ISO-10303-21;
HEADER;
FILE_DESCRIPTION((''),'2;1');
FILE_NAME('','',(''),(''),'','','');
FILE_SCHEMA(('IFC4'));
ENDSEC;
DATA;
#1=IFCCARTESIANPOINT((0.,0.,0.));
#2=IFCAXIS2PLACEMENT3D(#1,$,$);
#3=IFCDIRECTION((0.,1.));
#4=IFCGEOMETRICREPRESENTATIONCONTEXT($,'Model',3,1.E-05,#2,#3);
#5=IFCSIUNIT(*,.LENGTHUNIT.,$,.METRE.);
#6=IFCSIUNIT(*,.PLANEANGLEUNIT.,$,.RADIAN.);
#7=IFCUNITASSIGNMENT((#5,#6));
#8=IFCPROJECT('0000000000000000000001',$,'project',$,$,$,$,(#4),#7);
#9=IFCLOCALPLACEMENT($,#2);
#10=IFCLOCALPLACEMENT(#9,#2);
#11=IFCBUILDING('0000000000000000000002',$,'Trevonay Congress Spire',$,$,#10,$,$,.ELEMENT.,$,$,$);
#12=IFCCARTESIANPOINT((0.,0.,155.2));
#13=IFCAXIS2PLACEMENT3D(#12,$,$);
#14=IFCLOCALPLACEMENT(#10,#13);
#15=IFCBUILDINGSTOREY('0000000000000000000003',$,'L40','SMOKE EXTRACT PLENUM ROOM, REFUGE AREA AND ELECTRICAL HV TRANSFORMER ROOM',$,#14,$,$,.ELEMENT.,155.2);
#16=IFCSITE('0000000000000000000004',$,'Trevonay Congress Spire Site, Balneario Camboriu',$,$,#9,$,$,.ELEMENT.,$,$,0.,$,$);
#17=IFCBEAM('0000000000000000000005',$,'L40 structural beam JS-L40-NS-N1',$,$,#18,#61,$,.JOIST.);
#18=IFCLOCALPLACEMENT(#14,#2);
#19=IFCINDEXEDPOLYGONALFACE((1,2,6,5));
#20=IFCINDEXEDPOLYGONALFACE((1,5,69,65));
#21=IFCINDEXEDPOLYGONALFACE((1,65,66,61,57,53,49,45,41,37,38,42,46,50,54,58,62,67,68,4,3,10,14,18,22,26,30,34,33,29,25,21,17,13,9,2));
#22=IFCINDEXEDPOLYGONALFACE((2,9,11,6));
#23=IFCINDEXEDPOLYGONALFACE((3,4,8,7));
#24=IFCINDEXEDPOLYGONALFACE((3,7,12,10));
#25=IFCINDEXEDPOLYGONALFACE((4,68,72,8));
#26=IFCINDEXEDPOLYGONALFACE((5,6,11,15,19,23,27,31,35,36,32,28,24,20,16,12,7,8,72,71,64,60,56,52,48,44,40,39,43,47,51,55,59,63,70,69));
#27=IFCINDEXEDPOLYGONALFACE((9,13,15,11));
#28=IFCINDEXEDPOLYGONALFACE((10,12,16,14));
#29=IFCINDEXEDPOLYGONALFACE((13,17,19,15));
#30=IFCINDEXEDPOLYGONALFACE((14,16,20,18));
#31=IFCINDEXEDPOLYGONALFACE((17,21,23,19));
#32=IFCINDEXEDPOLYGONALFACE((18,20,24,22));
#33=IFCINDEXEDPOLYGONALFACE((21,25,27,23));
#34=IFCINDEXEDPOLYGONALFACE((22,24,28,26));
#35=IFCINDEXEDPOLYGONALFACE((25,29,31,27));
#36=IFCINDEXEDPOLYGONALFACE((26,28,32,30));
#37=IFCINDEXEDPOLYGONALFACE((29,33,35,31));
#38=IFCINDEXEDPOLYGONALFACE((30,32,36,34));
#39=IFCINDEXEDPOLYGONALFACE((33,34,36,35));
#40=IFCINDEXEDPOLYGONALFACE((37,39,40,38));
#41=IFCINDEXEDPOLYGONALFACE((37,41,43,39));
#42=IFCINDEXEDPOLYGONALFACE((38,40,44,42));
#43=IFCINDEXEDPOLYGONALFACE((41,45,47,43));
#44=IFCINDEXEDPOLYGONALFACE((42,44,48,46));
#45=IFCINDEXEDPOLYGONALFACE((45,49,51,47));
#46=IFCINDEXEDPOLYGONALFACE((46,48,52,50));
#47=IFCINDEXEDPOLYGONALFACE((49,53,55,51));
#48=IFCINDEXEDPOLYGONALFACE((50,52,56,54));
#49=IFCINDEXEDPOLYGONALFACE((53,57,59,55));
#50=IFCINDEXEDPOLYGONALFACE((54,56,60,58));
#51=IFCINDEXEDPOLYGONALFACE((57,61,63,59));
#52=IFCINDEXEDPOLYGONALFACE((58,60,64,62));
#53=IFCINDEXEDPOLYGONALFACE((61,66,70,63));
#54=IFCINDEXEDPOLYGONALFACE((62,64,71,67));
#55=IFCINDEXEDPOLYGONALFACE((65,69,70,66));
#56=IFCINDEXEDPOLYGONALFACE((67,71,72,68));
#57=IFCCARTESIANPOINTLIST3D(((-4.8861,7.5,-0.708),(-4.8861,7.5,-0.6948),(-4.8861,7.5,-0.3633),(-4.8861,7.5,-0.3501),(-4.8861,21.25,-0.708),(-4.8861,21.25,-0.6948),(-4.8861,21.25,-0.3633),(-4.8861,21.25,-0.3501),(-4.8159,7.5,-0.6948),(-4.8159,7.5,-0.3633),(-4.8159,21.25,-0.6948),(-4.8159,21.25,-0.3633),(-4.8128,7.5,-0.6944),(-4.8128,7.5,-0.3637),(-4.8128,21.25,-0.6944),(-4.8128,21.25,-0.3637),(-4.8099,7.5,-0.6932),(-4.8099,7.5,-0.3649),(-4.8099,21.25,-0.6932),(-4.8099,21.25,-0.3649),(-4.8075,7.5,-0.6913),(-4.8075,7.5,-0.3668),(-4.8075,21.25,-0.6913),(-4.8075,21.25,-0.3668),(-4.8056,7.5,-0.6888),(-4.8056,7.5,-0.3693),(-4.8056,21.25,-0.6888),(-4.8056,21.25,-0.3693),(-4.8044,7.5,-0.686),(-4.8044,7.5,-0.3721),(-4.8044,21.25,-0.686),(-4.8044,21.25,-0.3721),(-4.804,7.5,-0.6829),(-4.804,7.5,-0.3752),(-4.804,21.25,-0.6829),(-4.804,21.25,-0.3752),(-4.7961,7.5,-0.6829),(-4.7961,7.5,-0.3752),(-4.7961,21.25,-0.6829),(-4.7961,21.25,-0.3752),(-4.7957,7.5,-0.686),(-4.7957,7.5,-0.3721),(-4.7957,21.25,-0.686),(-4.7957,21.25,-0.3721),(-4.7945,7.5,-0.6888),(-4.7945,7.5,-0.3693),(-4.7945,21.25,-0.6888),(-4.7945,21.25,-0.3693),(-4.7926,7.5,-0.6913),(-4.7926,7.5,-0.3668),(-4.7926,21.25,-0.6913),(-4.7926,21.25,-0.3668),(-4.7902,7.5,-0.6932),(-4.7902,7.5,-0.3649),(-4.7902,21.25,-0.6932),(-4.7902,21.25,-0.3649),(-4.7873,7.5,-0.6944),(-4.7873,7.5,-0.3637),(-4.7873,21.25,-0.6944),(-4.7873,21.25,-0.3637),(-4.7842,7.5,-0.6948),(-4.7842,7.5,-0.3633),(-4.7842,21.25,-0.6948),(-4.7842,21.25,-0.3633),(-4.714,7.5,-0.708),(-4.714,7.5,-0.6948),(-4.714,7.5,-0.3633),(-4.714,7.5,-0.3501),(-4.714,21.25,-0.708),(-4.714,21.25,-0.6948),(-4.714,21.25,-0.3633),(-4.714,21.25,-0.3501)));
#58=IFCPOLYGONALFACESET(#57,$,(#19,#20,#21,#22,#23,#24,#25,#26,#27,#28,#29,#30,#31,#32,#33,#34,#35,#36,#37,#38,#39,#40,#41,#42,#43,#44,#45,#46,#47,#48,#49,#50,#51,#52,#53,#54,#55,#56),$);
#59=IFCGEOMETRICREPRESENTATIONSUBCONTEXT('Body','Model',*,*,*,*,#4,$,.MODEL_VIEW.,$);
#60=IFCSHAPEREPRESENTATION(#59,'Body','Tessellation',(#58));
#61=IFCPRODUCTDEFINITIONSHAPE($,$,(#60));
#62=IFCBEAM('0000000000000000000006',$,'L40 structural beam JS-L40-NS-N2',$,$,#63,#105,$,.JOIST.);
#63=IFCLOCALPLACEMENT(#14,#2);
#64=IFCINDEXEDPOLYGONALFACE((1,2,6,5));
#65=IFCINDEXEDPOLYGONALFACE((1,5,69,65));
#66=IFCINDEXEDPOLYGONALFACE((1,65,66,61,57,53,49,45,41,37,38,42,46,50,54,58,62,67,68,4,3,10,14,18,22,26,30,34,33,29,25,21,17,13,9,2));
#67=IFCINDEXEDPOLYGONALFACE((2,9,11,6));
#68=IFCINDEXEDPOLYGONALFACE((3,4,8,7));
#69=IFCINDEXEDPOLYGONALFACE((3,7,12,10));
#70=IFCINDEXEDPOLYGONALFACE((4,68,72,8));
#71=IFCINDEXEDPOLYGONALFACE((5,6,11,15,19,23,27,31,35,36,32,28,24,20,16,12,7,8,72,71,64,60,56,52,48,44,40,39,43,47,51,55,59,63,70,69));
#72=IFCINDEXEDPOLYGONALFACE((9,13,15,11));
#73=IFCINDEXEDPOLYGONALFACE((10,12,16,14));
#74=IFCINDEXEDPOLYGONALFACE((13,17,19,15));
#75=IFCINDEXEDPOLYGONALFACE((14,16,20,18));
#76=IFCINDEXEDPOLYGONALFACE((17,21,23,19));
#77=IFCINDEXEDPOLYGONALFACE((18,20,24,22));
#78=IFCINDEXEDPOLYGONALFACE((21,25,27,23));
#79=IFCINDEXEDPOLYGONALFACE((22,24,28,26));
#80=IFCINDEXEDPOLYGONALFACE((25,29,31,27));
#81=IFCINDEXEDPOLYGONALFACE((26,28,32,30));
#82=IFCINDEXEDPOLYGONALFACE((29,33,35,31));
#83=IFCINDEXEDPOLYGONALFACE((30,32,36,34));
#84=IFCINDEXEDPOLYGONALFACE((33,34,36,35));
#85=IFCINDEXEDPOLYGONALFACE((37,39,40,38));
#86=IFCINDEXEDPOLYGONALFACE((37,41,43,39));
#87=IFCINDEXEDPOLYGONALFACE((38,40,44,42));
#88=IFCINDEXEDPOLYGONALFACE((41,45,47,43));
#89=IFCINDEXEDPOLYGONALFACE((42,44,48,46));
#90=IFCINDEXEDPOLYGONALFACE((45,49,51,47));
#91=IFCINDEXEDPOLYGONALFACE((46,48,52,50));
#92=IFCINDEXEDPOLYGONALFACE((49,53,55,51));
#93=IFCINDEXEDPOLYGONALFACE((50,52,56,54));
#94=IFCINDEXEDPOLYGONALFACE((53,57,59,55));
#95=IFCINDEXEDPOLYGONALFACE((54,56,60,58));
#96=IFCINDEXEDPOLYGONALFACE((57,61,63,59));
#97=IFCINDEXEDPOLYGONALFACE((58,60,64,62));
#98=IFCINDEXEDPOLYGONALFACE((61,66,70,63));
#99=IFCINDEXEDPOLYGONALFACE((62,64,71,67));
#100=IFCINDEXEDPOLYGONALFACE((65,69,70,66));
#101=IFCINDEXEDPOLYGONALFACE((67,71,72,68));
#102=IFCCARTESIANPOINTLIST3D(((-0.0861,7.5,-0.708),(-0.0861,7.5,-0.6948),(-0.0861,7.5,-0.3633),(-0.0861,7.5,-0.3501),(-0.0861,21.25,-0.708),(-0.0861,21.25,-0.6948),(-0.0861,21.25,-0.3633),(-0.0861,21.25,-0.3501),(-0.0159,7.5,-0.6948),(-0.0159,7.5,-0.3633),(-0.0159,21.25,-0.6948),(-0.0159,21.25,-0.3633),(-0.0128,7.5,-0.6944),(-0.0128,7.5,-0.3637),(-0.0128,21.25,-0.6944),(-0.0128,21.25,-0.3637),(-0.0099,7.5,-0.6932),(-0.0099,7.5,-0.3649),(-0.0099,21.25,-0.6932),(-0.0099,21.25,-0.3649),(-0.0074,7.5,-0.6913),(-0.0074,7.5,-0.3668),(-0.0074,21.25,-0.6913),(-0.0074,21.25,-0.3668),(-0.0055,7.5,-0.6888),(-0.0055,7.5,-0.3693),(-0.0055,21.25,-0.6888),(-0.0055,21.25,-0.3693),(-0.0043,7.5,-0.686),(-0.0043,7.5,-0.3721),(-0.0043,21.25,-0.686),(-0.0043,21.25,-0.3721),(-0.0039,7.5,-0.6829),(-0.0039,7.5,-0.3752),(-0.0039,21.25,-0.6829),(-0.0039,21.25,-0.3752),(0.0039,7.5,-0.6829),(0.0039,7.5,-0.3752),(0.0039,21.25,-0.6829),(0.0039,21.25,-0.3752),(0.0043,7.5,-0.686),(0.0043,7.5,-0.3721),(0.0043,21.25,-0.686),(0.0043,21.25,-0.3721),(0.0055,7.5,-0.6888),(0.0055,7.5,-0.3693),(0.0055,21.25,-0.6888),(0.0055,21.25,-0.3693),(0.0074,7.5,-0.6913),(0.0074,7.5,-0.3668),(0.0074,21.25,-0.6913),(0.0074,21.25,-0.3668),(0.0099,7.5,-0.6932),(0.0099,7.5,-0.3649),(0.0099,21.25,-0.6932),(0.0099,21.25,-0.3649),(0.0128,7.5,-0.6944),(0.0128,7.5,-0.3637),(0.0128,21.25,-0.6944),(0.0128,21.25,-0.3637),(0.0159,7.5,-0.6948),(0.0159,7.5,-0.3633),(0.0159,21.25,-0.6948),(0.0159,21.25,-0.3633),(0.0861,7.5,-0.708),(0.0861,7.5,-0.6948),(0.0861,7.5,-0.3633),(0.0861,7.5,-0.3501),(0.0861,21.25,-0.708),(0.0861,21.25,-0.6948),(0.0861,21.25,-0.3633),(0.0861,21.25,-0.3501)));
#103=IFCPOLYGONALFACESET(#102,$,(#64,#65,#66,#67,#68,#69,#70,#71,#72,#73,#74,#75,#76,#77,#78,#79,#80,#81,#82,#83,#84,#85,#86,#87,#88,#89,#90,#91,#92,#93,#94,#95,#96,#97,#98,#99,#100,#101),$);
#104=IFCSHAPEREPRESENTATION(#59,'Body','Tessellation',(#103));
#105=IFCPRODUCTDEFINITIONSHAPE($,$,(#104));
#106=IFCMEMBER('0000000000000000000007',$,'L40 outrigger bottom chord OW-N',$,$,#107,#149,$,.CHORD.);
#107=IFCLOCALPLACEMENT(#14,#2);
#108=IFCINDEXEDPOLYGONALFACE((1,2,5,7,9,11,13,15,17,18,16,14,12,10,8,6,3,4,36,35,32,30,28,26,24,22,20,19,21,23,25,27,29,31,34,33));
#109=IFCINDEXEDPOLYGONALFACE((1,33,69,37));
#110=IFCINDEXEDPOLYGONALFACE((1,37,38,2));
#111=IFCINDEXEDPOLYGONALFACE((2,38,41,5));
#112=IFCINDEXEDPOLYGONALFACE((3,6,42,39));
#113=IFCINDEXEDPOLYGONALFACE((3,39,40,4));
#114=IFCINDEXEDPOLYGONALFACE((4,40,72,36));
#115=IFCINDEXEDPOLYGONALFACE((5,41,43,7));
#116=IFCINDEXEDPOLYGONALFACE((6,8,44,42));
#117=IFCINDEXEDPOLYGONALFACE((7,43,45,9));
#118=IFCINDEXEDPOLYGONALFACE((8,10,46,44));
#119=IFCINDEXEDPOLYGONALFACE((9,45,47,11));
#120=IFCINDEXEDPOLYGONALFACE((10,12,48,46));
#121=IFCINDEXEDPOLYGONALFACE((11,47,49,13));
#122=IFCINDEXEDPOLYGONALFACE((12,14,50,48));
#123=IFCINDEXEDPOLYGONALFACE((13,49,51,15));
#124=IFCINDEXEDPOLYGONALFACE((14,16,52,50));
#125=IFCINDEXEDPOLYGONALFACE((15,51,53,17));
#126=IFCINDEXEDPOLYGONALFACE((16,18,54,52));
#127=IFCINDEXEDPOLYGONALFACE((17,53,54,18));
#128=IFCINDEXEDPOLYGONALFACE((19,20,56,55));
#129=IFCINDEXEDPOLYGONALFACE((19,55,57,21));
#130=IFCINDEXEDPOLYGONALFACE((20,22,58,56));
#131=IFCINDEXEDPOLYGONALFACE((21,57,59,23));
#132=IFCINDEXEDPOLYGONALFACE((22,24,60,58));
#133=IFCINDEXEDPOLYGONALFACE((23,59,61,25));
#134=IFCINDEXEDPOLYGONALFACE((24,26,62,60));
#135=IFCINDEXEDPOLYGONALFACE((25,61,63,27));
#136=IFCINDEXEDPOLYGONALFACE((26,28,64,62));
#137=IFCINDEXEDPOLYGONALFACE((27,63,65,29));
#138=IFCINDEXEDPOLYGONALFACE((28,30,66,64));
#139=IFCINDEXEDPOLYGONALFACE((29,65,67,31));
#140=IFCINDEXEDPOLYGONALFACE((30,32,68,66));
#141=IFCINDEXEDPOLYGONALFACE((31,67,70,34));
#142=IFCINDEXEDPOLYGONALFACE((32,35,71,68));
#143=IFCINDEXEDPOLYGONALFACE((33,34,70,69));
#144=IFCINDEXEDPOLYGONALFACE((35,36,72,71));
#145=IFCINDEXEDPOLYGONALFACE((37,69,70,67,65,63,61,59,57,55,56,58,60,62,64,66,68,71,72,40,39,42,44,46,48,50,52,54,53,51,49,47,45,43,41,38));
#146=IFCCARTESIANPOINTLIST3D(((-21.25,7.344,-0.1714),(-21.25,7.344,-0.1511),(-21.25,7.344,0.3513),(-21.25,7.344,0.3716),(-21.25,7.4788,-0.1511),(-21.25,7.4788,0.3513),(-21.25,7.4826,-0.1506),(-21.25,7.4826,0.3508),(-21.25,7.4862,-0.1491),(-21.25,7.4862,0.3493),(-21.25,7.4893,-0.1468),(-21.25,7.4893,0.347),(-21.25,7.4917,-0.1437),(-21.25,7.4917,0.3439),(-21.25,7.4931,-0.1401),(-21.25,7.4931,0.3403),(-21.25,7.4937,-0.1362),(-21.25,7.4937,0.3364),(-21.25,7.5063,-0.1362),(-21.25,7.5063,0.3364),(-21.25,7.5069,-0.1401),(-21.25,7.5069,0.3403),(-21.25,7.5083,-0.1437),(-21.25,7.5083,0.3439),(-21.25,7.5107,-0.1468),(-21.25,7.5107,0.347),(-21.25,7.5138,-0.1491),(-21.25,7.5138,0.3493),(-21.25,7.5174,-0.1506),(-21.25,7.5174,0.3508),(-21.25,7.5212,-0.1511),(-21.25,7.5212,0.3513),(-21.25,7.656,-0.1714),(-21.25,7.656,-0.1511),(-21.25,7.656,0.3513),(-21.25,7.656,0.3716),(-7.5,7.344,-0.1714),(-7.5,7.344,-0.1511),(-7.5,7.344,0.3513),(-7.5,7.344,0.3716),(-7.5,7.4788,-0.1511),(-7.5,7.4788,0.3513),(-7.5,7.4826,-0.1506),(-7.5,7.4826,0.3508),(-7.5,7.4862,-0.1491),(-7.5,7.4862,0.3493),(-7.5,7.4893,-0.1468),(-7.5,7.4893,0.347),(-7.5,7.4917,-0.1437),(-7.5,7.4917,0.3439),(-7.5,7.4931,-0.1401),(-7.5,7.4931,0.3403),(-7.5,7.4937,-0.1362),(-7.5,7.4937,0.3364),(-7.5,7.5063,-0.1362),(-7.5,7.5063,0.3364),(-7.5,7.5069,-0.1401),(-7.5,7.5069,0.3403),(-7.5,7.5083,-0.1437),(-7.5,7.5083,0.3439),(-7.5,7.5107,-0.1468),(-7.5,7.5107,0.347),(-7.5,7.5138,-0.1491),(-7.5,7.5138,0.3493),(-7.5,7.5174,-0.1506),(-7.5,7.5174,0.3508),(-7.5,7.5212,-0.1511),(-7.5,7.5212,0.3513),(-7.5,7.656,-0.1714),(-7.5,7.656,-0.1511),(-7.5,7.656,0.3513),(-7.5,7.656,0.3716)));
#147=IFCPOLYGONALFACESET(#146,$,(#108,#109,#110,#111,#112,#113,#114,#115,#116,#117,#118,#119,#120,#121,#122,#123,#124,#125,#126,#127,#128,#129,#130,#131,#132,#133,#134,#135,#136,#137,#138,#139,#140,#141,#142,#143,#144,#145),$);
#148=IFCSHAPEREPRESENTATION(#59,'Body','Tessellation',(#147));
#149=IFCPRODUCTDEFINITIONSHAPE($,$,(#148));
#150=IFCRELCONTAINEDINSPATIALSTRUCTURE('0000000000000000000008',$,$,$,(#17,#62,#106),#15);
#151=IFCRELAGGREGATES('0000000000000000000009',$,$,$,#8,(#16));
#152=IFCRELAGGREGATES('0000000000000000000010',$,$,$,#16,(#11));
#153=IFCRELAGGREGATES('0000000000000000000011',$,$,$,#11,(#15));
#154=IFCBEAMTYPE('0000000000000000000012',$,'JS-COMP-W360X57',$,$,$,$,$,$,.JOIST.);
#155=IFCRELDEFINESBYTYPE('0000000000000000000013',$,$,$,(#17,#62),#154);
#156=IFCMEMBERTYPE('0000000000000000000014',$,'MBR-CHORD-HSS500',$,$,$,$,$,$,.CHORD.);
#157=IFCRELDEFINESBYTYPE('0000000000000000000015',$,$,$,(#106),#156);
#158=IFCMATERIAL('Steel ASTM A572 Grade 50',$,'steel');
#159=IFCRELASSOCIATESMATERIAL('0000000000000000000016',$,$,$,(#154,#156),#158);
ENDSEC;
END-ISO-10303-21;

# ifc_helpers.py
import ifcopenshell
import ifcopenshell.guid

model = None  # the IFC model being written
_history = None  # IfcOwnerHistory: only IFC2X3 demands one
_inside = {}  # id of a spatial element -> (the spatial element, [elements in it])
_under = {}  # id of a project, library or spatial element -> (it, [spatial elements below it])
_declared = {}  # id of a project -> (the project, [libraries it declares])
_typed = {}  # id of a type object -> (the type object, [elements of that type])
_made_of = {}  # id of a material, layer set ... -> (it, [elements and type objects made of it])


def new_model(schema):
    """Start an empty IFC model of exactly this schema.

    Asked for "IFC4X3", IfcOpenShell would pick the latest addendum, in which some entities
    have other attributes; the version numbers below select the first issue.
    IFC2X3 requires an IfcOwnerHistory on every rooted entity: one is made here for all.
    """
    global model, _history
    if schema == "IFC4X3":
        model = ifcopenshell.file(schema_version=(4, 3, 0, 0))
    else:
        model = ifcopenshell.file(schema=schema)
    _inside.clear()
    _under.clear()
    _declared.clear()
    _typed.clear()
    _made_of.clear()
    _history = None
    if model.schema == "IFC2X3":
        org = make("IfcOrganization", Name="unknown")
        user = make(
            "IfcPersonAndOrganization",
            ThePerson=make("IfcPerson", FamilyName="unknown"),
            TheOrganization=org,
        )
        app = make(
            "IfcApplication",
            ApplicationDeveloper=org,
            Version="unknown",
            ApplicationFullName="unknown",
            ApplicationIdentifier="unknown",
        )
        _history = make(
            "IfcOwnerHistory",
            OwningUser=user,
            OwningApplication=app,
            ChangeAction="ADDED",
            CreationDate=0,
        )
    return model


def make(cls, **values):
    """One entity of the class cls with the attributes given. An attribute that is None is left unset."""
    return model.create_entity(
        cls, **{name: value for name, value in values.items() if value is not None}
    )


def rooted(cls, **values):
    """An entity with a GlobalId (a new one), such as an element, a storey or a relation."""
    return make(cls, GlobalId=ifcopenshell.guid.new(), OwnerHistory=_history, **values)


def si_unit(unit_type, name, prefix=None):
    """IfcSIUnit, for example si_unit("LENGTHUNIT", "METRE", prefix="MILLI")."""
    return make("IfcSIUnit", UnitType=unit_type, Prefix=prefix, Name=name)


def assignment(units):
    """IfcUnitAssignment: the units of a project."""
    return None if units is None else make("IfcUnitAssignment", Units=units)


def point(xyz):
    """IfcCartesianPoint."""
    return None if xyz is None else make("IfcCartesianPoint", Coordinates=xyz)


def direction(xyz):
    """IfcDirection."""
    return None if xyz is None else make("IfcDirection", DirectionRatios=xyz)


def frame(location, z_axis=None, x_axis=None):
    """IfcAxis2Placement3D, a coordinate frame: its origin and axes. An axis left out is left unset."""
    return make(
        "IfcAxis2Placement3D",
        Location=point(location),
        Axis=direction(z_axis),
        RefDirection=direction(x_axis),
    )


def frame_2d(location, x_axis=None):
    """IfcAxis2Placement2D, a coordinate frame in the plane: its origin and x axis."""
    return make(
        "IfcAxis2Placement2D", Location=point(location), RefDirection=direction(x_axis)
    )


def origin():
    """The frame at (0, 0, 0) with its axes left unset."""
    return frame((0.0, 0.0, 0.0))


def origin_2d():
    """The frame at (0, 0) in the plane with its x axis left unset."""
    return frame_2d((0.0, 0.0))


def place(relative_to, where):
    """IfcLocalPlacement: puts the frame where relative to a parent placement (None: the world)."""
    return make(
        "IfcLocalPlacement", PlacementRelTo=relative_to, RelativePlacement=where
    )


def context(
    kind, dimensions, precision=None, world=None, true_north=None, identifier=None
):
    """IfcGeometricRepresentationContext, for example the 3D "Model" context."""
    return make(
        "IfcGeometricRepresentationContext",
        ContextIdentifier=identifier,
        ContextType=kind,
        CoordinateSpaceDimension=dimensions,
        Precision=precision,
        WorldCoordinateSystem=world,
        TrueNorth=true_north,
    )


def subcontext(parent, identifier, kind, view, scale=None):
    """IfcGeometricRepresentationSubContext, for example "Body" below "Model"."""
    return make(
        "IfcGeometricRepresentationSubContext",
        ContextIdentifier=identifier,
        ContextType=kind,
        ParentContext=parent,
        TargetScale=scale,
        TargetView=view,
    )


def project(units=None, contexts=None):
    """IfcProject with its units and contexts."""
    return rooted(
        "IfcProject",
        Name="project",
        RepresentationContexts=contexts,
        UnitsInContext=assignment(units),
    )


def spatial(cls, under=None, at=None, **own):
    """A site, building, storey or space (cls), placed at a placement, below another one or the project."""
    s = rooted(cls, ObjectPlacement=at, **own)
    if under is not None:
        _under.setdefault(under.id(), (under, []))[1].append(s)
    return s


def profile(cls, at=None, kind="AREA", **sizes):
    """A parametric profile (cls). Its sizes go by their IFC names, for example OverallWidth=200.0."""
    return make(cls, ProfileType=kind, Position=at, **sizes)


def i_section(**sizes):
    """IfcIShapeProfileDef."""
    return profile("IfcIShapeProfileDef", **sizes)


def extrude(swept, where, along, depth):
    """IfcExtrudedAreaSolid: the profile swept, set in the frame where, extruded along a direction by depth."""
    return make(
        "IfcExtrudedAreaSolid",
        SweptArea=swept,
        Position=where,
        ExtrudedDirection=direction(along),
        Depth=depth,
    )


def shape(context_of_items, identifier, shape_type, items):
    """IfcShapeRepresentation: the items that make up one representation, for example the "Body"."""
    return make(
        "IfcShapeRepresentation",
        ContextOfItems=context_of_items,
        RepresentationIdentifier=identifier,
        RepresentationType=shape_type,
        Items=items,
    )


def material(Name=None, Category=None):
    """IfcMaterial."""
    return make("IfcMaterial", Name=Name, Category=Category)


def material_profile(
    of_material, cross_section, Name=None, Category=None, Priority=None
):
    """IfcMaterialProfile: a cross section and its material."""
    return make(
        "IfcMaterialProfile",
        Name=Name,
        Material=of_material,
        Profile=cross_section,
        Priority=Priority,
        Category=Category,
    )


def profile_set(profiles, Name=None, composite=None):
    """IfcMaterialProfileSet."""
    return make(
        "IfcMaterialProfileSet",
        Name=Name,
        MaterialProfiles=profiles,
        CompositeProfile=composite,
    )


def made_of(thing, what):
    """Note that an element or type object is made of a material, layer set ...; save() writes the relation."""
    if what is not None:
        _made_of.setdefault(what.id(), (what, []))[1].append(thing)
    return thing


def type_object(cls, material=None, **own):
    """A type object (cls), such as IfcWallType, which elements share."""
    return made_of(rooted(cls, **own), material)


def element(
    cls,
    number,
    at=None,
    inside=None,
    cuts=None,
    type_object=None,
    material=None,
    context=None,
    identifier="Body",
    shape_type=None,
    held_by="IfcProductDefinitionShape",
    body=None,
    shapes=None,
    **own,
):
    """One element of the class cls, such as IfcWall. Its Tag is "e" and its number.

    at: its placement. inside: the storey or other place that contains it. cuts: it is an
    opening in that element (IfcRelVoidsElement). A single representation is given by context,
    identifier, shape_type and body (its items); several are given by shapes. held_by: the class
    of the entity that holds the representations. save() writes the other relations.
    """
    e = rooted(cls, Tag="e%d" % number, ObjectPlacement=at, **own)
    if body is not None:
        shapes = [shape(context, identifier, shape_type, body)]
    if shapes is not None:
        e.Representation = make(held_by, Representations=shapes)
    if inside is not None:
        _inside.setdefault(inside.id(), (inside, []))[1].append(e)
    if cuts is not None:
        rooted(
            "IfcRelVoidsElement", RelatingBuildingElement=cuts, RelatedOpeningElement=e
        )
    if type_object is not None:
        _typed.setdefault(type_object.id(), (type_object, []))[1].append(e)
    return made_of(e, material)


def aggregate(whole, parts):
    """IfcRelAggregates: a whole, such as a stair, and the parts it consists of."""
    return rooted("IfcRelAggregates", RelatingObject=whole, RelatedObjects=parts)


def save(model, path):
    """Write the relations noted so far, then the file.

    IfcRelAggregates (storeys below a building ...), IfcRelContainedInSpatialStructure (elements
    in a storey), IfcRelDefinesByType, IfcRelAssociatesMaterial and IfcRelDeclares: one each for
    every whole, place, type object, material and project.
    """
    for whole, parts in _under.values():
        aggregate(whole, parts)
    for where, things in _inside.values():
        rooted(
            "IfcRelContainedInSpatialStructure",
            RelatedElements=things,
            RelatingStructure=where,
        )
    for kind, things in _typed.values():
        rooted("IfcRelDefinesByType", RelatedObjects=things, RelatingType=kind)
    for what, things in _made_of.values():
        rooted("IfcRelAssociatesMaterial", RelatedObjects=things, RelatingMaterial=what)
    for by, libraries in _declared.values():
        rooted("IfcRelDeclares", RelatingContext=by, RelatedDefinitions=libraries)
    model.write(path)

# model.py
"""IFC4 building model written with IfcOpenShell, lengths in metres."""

from ifc_helpers import new_model, si_unit, direction, frame, origin, origin_2d, place, context, subcontext, project, spatial, i_section, extrude, material, material_profile, profile_set, type_object, element, save


model = new_model("IFC4")

# Units and contexts
model_context = context("Model", 3, precision=1e-05, world=origin(), true_north=direction((0.0, 1.0)))
body_context = subcontext(model_context, "Body", "Model", "MODEL_VIEW")
ifc_project = project(units=[si_unit("LENGTHUNIT", "METRE"), si_unit("PLANEANGLEUNIT", "RADIAN")], contexts=[model_context])

# Site, building, storey
site_placement = place(None, origin())
site = spatial("IfcSite", under=ifc_project, at=site_placement, Name="Trevonay Congress Spire Site, Balneario Camboriu", CompositionType="ELEMENT", RefElevation=0.0)
building_placement = place(site_placement, origin())
building = spatial("IfcBuilding", under=site, at=building_placement, Name="Trevonay Congress Spire", CompositionType="ELEMENT")
storey_placement = place(building_placement, frame((0.0, 0.0, 155.2)))
storey = spatial("IfcBuildingStorey", under=building, at=storey_placement, Name="L40", Description="SMOKE EXTRACT PLENUM ROOM, REFUGE AREA AND ELECTRICAL HV TRANSFORMER ROOM", CompositionType="ELEMENT", Elevation=155.2)

# Shared definitions
ifc_material_1 = material(Name="Steel ASTM A572 Grade 50", Category="steel")

# Beams
ifc_material_profile_1 = material_profile(ifc_material_1, i_section(OverallWidth=0.1721, OverallDepth=0.3579, WebThickness=0.0078, FlangeThickness=0.0132, FilletRadius=0.012, at=origin_2d()), Name="W360x57.8")
ifc_profile_set_1 = profile_set([ifc_material_profile_1], Name="Steel ASTM A572 Grade 50")
beam_type_1 = type_object("IfcBeamType", Name="JS-COMP-W360X57", PredefinedType="JOIST", material=ifc_profile_set_1)
for number, where, z_axis, x_axis, name in (
    (1, (-4.8, 7.5, -0.5291), (0.0, 1.0, 0.0), (-1.0, 0.0, 0.0), "L40 structural beam JS-L40-NS-N1"),
    (2, (0.0, 7.5, -0.5291), (0.0, 1.0, 0.0), (-1.0, 0.0, 0.0), "L40 structural beam JS-L40-NS-N2"),
):
    element("IfcBeam", number, at=place(storey_placement, frame(where, z_axis=z_axis, x_axis=x_axis)), inside=storey, type_object=beam_type_1, Name=name, PredefinedType="JOIST", context=body_context, shape_type="SweptSolid", body=[
        extrude(i_section(OverallWidth=0.1721, OverallDepth=0.3579, WebThickness=0.0078, FlangeThickness=0.0132, FilletRadius=0.012, at=origin_2d()), origin(), (0.0, 0.0, 1.0), 13.75),
    ])

# Member
ifc_material_profile_2 = material_profile(ifc_material_1, i_section(OverallWidth=0.312, OverallDepth=0.543, WebThickness=0.0127, FlangeThickness=0.0203, FilletRadius=0.0149, at=origin_2d()), Name="W530x150")
ifc_profile_set_2 = profile_set([ifc_material_profile_2], Name="Steel ASTM A572 Grade 50")
member_type_1 = type_object("IfcMemberType", Name="MBR-CHORD-HSS500", PredefinedType="CHORD", material=ifc_profile_set_2)
member_1_placement = place(storey_placement, frame((-7.5, 7.5, 0.1001), z_axis=(-1.0, 0.0, 0.0), x_axis=(0.0, -1.0, 0.0)))
element("IfcMember", 3, at=member_1_placement, inside=storey, type_object=member_type_1, Name="L40 outrigger bottom chord OW-N", PredefinedType="CHORD", context=body_context, shape_type="SweptSolid", body=[
    extrude(i_section(OverallWidth=0.312, OverallDepth=0.543, WebThickness=0.0127, FlangeThickness=0.0203, FilletRadius=0.0149, at=origin_2d()), origin(), (0.0, 0.0, 1.0), 13.75),
])

save(model, "model.ifc")
